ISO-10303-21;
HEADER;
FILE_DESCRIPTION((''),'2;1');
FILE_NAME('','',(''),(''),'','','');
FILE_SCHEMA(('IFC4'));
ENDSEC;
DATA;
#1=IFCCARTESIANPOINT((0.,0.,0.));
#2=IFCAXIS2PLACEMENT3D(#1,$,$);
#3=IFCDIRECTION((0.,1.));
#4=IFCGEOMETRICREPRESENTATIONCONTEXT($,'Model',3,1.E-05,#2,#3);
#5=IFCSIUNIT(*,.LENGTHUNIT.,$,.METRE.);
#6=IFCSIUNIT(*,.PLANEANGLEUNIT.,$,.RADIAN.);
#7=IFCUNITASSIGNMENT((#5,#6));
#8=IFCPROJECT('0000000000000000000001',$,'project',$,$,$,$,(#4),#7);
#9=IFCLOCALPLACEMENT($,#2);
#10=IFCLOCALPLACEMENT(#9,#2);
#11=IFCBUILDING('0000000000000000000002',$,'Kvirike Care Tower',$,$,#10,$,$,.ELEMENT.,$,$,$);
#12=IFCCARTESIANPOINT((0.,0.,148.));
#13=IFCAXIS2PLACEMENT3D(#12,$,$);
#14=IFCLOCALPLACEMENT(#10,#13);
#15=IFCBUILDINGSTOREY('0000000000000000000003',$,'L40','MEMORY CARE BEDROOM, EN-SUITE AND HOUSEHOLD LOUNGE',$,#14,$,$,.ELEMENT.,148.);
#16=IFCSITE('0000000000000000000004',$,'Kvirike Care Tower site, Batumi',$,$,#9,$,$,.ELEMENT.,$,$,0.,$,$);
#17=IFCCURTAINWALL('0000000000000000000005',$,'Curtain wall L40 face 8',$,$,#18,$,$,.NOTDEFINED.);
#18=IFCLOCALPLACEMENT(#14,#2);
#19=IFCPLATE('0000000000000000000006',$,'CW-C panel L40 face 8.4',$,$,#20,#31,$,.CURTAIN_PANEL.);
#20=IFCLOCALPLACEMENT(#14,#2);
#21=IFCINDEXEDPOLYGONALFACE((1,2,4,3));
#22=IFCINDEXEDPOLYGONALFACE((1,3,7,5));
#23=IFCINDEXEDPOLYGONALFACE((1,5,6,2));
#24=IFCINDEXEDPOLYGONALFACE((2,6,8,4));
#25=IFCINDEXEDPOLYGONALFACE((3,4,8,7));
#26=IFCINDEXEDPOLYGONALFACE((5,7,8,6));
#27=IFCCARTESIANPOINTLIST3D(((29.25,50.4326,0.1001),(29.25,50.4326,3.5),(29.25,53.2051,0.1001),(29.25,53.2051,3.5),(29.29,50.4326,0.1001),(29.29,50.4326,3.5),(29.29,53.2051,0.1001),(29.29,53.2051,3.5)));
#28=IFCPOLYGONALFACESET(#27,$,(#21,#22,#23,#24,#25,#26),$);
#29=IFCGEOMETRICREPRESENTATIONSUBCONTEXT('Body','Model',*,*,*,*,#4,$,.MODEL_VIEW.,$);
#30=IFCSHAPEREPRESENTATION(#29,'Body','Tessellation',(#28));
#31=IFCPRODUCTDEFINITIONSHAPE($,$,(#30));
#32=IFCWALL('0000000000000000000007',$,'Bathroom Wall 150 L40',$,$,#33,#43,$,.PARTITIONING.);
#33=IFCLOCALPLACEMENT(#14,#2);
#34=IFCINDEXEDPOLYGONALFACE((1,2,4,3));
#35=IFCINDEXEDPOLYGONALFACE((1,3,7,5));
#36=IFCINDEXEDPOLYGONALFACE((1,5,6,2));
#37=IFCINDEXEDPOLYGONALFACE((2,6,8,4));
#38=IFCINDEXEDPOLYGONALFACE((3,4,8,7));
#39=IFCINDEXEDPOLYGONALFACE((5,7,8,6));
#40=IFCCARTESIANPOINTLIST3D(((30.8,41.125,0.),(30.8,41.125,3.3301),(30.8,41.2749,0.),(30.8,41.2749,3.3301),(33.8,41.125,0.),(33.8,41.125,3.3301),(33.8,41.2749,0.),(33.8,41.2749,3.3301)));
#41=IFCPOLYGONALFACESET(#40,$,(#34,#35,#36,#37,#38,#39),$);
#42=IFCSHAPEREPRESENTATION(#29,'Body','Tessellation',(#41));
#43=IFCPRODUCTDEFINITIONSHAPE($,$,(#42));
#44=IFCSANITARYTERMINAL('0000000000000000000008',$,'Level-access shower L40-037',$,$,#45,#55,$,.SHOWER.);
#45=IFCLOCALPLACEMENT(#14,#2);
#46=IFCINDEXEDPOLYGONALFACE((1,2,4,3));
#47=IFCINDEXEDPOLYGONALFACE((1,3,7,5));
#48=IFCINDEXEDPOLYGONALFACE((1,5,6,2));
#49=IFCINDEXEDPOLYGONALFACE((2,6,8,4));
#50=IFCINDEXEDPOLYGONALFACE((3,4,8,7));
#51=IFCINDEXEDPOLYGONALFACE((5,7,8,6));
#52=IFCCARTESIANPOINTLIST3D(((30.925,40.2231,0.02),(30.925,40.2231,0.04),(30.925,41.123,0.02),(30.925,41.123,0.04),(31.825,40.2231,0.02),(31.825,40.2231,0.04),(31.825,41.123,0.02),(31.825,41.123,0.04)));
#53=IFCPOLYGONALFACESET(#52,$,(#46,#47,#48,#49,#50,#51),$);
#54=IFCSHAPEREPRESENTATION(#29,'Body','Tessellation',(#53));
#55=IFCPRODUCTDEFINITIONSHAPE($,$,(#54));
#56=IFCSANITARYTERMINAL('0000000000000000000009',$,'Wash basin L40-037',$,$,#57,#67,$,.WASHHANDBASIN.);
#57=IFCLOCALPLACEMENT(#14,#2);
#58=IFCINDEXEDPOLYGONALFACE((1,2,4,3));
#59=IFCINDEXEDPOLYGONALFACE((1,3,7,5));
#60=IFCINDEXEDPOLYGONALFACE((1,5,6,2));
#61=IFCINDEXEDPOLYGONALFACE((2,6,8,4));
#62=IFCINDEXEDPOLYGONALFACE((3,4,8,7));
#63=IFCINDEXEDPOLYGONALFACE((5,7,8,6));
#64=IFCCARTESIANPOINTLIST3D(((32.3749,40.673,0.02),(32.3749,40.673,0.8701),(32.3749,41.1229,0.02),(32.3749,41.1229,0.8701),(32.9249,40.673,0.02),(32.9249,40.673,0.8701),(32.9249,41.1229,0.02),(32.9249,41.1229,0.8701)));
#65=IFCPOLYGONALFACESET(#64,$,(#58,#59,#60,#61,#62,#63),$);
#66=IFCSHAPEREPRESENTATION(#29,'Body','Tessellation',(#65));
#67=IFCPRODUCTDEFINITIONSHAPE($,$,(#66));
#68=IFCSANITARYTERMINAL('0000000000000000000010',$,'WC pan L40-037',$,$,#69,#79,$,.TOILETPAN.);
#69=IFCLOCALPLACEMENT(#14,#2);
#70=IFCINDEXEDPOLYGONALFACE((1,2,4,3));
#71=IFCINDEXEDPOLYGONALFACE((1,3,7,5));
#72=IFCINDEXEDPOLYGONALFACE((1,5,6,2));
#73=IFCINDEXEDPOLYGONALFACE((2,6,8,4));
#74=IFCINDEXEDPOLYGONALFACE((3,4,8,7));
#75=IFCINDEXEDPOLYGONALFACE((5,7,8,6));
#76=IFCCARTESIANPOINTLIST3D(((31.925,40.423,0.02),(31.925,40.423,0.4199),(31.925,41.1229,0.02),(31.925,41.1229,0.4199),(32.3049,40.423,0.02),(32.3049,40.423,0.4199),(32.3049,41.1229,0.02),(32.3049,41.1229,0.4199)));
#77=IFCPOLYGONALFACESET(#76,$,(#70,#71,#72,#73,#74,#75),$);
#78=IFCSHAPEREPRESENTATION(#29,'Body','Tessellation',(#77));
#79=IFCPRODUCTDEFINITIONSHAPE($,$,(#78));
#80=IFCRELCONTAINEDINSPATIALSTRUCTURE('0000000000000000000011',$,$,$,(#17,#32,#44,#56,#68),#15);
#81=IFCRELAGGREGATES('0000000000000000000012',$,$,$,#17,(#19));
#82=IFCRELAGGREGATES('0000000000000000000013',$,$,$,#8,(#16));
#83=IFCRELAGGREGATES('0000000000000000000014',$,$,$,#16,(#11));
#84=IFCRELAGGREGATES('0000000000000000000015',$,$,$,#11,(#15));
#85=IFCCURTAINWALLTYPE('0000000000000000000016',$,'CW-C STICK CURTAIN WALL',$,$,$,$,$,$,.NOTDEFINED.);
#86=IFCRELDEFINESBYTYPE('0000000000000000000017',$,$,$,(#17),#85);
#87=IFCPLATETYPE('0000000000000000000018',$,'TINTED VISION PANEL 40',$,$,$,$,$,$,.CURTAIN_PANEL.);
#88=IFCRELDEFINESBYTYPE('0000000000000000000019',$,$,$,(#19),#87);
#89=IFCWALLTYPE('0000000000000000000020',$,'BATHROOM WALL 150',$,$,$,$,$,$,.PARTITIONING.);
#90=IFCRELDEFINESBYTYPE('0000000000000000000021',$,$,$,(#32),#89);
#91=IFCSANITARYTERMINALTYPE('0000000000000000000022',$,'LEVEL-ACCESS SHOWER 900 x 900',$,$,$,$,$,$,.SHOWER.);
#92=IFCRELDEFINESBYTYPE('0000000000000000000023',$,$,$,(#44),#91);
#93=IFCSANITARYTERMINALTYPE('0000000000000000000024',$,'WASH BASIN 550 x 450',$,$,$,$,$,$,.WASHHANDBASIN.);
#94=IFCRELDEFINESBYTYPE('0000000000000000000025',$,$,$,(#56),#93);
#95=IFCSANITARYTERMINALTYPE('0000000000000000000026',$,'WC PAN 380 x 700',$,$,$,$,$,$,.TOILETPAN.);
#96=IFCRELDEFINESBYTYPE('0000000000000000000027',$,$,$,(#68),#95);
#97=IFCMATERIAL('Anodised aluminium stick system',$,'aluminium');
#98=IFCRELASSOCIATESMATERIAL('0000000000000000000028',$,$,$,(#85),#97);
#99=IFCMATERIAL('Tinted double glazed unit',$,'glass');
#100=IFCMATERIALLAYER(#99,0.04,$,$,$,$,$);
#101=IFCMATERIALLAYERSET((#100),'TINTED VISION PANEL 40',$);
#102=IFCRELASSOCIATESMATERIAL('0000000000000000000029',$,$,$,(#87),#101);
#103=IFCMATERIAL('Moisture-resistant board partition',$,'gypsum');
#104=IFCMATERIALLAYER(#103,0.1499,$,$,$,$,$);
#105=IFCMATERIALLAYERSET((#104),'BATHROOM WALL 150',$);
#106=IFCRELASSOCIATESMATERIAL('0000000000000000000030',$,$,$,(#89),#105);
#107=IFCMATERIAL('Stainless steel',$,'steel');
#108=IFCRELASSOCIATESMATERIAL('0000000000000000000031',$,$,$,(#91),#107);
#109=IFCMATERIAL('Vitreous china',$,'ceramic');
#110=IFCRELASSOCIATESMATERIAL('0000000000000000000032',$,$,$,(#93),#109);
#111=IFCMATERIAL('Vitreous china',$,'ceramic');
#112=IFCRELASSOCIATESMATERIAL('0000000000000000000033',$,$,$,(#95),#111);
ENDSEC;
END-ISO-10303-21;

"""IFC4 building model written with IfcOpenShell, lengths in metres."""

from ifc_helpers import new_model, si_unit, direction, frame, frame_2d, origin, origin_2d, place, context, subcontext, project, spatial, rectangle, extrude, material, layer, layer_set, type_object, element, aggregate, save


model = new_model("IFC4")

# Units and contexts
model_context = context("Model", 3, precision=1e-05, world=origin(), true_north=direction((0.0, 1.0)))
body_context = subcontext(model_context, "Body", "Model", "MODEL_VIEW")
ifc_project = project(units=[si_unit("LENGTHUNIT", "METRE"), si_unit("PLANEANGLEUNIT", "RADIAN")], contexts=[model_context])

# Site, building, storey
site_placement = place(None, origin())
site = spatial("IfcSite", under=ifc_project, at=site_placement, Name="Kvirike Care Tower site, Batumi", CompositionType="ELEMENT", RefElevation=0.0)
building_placement = place(site_placement, origin())
building = spatial("IfcBuilding", under=site, at=building_placement, Name="Kvirike Care Tower", CompositionType="ELEMENT")
storey_placement = place(building_placement, frame((0.0, 0.0, 148.0)))
storey = spatial("IfcBuildingStorey", under=building, at=storey_placement, Name="L40", Description="MEMORY CARE BEDROOM, EN-SUITE AND HOUSEHOLD LOUNGE", CompositionType="ELEMENT", Elevation=148.0)

# Curtain wall
ifc_material_1 = material(Name="Anodised aluminium stick system", Category="aluminium")
curtain_wall_type = type_object("IfcCurtainWallType", Name="CW-C STICK CURTAIN WALL", PredefinedType="NOTDEFINED", material=ifc_material_1)
curtain_wall_1_placement = place(storey_placement, origin())
curtain_wall_1 = element("IfcCurtainWall", 1, at=curtain_wall_1_placement, inside=storey, type_object=curtain_wall_type, Name="Curtain wall L40 face 8", PredefinedType="NOTDEFINED")

# Plate
ifc_material_2 = material(Name="Tinted double glazed unit", Category="glass")
ifc_layer_1 = layer(ifc_material_2, 0.04)
ifc_layer_set_1 = layer_set([ifc_layer_1], Name="TINTED VISION PANEL 40")
plate_type = type_object("IfcPlateType", Name="TINTED VISION PANEL 40", PredefinedType="CURTAIN_PANEL", material=ifc_layer_set_1)
plate_1_placement = place(storey_placement, frame((29.27, 51.8188, 0.1001), z_axis=(0.0, 0.0, 1.0), x_axis=(0.0, 1.0, 0.0)))
plate_1 = element("IfcPlate", 2, at=plate_1_placement, type_object=plate_type, Name="CW-C panel L40 face 8.4", PredefinedType="CURTAIN_PANEL", context=body_context, shape_type="SweptSolid", body=[
    extrude(rectangle(XDim=2.7725, YDim=0.04, at=origin_2d()), origin(), (0.0, 0.0, 1.0), 3.3999),
])
aggregate(curtain_wall_1, [plate_1])

# Wall
ifc_material_3 = material(Name="Moisture-resistant board partition", Category="gypsum")
ifc_layer_2 = layer(ifc_material_3, 0.1499)
ifc_layer_set_2 = layer_set([ifc_layer_2], Name="BATHROOM WALL 150")
wall_type = type_object("IfcWallType", Name="BATHROOM WALL 150", PredefinedType="PARTITIONING", material=ifc_layer_set_2)
wall_placement = place(storey_placement, frame((33.8, 41.2, 0.0), z_axis=(0.0, 0.0, 1.0), x_axis=(-1.0, 0.0, 0.0)))
element("IfcWall", 3, at=wall_placement, inside=storey, type_object=wall_type, Name="Bathroom Wall 150 L40", PredefinedType="PARTITIONING", context=body_context, shape_type="SweptSolid", body=[
    extrude(rectangle(XDim=3.0, YDim=0.1499, at=frame_2d((1.5, 0.0))), origin(), (0.0, 0.0, 1.0), 3.3301),
])

# Sanitary terminals
ifc_material_4 = material(Name="Stainless steel", Category="steel")
sanitary_terminal_type_1 = type_object("IfcSanitaryTerminalType", Name="LEVEL-ACCESS SHOWER 900 x 900", PredefinedType="SHOWER", material=ifc_material_4)
sanitary_terminal_1_placement = place(storey_placement, frame((31.375, 40.6731, 0.02), z_axis=(0.0, 0.0, 1.0), x_axis=(1.0, 0.0, 0.0)))
element("IfcSanitaryTerminal", 4, at=sanitary_terminal_1_placement, inside=storey, type_object=sanitary_terminal_type_1, Name="Level-access shower L40-037", PredefinedType="SHOWER", context=body_context, shape_type="SweptSolid", body=[
    extrude(rectangle(XDim=0.8999, YDim=0.8999, at=origin_2d()), origin(), (0.0, 0.0, 1.0), 0.02),
])
ifc_material_5 = material(Name="Vitreous china", Category="ceramic")
sanitary_terminal_type_2 = type_object("IfcSanitaryTerminalType", Name="WASH BASIN 550 x 450", PredefinedType="WASHHANDBASIN", material=ifc_material_5)
sanitary_terminal_2_placement = place(storey_placement, frame((32.6499, 40.8979, 0.02), z_axis=(0.0, 0.0, 1.0), x_axis=(1.0, 0.0, 0.0)))
element("IfcSanitaryTerminal", 5, at=sanitary_terminal_2_placement, inside=storey, type_object=sanitary_terminal_type_2, Name="Wash basin L40-037", PredefinedType="WASHHANDBASIN", context=body_context, shape_type="SweptSolid", body=[
    extrude(rectangle(XDim=0.55, YDim=0.45, at=origin_2d()), origin(), (0.0, 0.0, 1.0), 0.8501),
])
ifc_material_6 = material(Name="Vitreous china", Category="ceramic")
sanitary_terminal_type_3 = type_object("IfcSanitaryTerminalType", Name="WC PAN 380 x 700", PredefinedType="TOILETPAN", material=ifc_material_6)
sanitary_terminal_3_placement = place(storey_placement, frame((32.115, 40.7729, 0.02), z_axis=(0.0, 0.0, 1.0), x_axis=(1.0, 0.0, 0.0)))
element("IfcSanitaryTerminal", 6, at=sanitary_terminal_3_placement, inside=storey, type_object=sanitary_terminal_type_3, Name="WC pan L40-037", PredefinedType="TOILETPAN", context=body_context, shape_type="SweptSolid", body=[
    extrude(rectangle(XDim=0.3799, YDim=0.7, at=origin_2d()), origin(), (0.0, 0.0, 1.0), 0.3999),
])

save(model, "model.ifc")
